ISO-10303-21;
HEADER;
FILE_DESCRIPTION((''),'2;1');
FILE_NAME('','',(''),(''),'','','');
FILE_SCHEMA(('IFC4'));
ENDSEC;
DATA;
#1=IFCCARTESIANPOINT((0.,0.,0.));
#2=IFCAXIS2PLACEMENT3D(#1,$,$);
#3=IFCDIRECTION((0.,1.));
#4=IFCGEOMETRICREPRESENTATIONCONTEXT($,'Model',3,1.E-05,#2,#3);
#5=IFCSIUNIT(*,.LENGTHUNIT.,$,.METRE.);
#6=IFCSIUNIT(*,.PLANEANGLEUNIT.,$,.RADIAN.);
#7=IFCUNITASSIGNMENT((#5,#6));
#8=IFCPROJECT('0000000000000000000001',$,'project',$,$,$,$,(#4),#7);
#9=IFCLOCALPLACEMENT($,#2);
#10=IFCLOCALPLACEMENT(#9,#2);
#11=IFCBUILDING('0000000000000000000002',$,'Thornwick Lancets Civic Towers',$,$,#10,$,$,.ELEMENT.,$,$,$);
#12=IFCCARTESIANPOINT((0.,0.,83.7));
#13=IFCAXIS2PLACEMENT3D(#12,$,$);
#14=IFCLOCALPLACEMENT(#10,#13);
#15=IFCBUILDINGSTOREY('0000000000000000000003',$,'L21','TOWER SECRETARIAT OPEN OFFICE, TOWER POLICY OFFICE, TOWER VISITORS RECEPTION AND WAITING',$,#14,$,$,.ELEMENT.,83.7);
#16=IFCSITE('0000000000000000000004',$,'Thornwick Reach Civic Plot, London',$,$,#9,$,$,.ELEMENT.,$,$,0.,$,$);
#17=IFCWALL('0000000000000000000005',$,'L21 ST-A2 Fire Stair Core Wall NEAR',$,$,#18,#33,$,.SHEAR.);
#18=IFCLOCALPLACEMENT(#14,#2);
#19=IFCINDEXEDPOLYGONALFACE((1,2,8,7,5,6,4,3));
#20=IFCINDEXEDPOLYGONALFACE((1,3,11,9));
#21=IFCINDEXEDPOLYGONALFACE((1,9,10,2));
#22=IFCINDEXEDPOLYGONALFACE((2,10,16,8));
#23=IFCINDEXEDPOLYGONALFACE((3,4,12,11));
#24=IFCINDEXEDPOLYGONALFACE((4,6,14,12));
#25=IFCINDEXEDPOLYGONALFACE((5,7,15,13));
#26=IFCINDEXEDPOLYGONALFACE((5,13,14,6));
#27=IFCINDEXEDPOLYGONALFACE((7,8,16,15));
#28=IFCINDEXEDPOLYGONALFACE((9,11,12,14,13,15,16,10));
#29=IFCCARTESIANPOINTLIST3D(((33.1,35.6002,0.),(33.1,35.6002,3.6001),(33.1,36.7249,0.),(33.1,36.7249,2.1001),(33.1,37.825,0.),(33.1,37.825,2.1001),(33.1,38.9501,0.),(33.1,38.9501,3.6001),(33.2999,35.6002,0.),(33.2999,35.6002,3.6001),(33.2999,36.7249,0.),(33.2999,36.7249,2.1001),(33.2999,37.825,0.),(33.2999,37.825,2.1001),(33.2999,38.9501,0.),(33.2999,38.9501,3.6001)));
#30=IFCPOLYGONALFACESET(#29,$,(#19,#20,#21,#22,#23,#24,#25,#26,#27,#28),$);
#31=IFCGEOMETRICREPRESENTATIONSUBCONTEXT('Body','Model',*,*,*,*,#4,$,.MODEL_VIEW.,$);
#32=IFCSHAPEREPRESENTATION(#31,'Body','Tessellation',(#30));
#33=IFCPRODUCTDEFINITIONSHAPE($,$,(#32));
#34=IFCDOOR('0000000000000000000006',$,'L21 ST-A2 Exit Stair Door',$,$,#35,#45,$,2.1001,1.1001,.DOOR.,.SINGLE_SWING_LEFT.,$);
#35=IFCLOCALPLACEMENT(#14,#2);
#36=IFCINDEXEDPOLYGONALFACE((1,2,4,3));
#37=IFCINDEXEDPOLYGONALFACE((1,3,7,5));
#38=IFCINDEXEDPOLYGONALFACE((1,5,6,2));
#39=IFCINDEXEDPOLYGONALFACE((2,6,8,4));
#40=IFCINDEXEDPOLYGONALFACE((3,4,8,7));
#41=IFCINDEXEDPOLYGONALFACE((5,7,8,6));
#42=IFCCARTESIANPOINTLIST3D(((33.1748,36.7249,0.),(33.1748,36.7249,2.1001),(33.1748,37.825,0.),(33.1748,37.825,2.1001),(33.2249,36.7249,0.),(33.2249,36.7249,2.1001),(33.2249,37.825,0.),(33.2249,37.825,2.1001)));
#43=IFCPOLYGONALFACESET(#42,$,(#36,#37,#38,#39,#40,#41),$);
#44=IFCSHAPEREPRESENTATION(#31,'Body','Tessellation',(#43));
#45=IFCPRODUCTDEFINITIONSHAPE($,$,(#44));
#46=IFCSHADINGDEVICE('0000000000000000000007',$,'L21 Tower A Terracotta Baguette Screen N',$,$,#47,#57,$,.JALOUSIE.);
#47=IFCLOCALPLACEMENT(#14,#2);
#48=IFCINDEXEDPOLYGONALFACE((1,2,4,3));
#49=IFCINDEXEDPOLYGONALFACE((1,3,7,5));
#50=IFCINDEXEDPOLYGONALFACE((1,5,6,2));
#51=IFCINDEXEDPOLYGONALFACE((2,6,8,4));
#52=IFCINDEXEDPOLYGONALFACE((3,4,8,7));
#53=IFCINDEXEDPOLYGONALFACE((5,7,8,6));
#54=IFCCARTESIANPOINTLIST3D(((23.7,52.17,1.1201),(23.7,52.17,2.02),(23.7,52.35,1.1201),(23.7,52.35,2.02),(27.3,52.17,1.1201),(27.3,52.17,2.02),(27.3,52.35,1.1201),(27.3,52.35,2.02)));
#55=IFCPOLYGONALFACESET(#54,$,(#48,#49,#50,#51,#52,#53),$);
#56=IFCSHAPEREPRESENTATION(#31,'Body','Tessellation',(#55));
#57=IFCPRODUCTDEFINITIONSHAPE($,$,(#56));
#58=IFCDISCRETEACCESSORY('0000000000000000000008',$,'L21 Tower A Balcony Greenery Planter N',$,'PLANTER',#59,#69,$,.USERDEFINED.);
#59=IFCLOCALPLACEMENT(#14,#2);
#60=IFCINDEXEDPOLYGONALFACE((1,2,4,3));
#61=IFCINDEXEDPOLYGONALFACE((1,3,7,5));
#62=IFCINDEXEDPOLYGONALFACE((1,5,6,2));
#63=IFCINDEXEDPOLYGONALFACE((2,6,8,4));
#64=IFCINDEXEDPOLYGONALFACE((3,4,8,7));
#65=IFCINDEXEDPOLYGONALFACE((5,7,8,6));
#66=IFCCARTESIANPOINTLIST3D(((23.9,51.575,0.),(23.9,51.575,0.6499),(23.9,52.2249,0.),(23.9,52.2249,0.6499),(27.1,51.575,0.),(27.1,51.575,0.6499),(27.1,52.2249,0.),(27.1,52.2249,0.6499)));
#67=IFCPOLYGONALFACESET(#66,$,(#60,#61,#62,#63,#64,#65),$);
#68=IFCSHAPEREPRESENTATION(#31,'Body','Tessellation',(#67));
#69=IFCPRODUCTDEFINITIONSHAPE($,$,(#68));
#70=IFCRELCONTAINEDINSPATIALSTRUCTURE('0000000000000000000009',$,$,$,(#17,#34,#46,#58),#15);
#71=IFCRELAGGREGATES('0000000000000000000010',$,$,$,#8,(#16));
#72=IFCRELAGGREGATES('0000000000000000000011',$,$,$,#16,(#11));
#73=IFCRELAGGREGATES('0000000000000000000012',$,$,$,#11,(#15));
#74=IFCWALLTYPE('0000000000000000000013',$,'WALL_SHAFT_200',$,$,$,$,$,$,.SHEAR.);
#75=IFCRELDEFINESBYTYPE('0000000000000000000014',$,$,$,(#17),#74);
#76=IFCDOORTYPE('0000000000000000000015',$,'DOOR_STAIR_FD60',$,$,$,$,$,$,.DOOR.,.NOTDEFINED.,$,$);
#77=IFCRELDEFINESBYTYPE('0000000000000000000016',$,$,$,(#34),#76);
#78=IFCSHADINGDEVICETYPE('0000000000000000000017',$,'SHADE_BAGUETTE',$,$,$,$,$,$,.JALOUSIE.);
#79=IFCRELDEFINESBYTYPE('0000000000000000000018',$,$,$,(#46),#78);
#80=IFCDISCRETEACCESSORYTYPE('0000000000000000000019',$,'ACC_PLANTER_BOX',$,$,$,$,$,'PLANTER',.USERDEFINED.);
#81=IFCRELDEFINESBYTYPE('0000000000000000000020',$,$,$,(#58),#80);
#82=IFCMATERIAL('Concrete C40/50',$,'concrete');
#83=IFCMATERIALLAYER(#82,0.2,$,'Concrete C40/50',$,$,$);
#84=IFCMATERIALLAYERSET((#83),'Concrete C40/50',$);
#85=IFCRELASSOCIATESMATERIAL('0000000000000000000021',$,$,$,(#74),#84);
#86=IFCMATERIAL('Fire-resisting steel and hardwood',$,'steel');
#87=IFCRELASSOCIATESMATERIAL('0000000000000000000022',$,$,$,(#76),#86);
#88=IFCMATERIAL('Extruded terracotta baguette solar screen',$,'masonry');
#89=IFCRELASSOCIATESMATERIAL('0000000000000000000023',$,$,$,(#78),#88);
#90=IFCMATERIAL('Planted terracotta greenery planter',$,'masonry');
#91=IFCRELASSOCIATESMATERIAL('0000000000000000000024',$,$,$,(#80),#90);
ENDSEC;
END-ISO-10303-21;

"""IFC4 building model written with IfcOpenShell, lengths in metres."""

from ifc_helpers import new_model, si_unit, direction, frame, frame_2d, origin, origin_2d, place, context, subcontext, project, spatial, rectangle, extrude, material, layer, layer_set, type_object, element, fill, save


model = new_model("IFC4")

# Units and contexts
model_context = context("Model", 3, precision=1e-05, world=origin(), true_north=direction((0.0, 1.0)))
body_context = subcontext(model_context, "Body", "Model", "MODEL_VIEW")
ifc_project = project(units=[si_unit("LENGTHUNIT", "METRE"), si_unit("PLANEANGLEUNIT", "RADIAN")], contexts=[model_context])

# Site, building, storey
site_placement = place(None, origin())
site = spatial("IfcSite", under=ifc_project, at=site_placement, Name="Thornwick Reach Civic Plot, London", CompositionType="ELEMENT", RefElevation=0.0)
building_placement = place(site_placement, origin())
building = spatial("IfcBuilding", under=site, at=building_placement, Name="Thornwick Lancets Civic Towers", CompositionType="ELEMENT")
storey_placement = place(building_placement, frame((0.0, 0.0, 83.7)))
storey = spatial("IfcBuildingStorey", under=building, at=storey_placement, Name="L21", Description="TOWER SECRETARIAT OPEN OFFICE, TOWER POLICY OFFICE, TOWER VISITORS RECEPTION AND WAITING", CompositionType="ELEMENT", Elevation=83.7)

# Shared definitions
ifc_material_1 = material(Name="Concrete C40/50", Category="concrete")

# Wall, opening, door
ifc_layer_1 = layer(ifc_material_1, 0.2, Name="Concrete C40/50")
ifc_layer_set_1 = layer_set([ifc_layer_1], Name="Concrete C40/50")
wall_type_1 = type_object("IfcWallType", Name="WALL_SHAFT_200", PredefinedType="SHEAR", material=ifc_layer_set_1)
wall_1_placement = place(storey_placement, frame((33.2, 38.95, 0.0), z_axis=(0.0, 0.0, 1.0), x_axis=(0.0, -1.0, 0.0)))
wall_1 = element("IfcWall", 1, at=wall_1_placement, inside=storey, type_object=wall_type_1, Name="L21 ST-A2 Fire Stair Core Wall NEAR", PredefinedType="SHEAR", context=body_context, shape_type="SweptSolid", body=[
    extrude(rectangle(XDim=3.3499, YDim=0.2, at=frame_2d((1.6748, 0.0))), origin(), (0.0, 0.0, 1.0), 3.6001),
])
opening_1_placement = place(wall_1_placement, frame((1.125, 0.0, 0.0)))
opening_1 = element("IfcOpeningElement", 2, at=opening_1_placement, cuts=wall_1, PredefinedType="OPENING", context=body_context, shape_type="SweptSolid", body=[
    extrude(rectangle(XDim=1.1001, YDim=2.1001, at=frame_2d((0.55, 1.05))), frame((0.0, 0.1099, 0.0), z_axis=(0.0, -1.0, 0.0), x_axis=(1.0, 0.0, 0.0)), (0.0, 0.0, 1.0), 0.22),
])
ifc_material_2 = material(Name="Fire-resisting steel and hardwood", Category="steel")
door_type_1 = type_object("IfcDoorType", Name="DOOR_STAIR_FD60", OperationType="NOTDEFINED", PredefinedType="DOOR", material=ifc_material_2)
door_1_placement = place(opening_1_placement, origin())
door_1 = element("IfcDoor", 3, at=door_1_placement, inside=storey, type_object=door_type_1, Name="L21 ST-A2 Exit Stair Door", OperationType="SINGLE_SWING_LEFT", OverallHeight=2.1001, OverallWidth=1.1001, PredefinedType="DOOR", context=body_context, shape_type="SweptSolid", body=[
    extrude(rectangle(XDim=1.1001, YDim=2.1001, at=frame_2d((0.55, 1.05))), frame((0.0, 0.0249, 0.0), z_axis=(0.0, -1.0, 0.0), x_axis=(1.0, 0.0, 0.0)), (0.0, 0.0, 1.0), 0.05),
])
fill(opening_1, door_1)

# Shading device
ifc_material_3 = material(Name="Extruded terracotta baguette solar screen", Category="masonry")
shading_device_type = type_object("IfcShadingDeviceType", Name="SHADE_BAGUETTE", PredefinedType="JALOUSIE", material=ifc_material_3)
shading_device_placement = place(storey_placement, frame((25.5, 52.26, 1.1201), z_axis=(0.0, 0.0, 1.0), x_axis=(1.0, 0.0, 0.0)))
element("IfcShadingDevice", 4, at=shading_device_placement, inside=storey, type_object=shading_device_type, Name="L21 Tower A Terracotta Baguette Screen N", PredefinedType="JALOUSIE", context=body_context, shape_type="SweptSolid", body=[
    extrude(rectangle(XDim=3.6001, YDim=0.1799, at=origin_2d()), origin(), (0.0, 0.0, 1.0), 0.8999),
])

# Discrete accessory
ifc_material_4 = material(Name="Planted terracotta greenery planter", Category="masonry")
discrete_accessory_type = type_object("IfcDiscreteAccessoryType", Name="ACC_PLANTER_BOX", ElementType="PLANTER", PredefinedType="USERDEFINED", material=ifc_material_4)
discrete_accessory_placement = place(storey_placement, frame((25.5, 51.8999, 0.0), z_axis=(0.0, 0.0, 1.0), x_axis=(1.0, 0.0, 0.0)))
element("IfcDiscreteAccessory", 5, at=discrete_accessory_placement, inside=storey, type_object=discrete_accessory_type, Name="L21 Tower A Balcony Greenery Planter N", ObjectType="PLANTER", PredefinedType="USERDEFINED", context=body_context, shape_type="SweptSolid", body=[
    extrude(rectangle(XDim=3.2, YDim=0.6499, at=origin_2d()), origin(), (0.0, 0.0, 1.0), 0.6499),
])

save(model, "model.ifc")
